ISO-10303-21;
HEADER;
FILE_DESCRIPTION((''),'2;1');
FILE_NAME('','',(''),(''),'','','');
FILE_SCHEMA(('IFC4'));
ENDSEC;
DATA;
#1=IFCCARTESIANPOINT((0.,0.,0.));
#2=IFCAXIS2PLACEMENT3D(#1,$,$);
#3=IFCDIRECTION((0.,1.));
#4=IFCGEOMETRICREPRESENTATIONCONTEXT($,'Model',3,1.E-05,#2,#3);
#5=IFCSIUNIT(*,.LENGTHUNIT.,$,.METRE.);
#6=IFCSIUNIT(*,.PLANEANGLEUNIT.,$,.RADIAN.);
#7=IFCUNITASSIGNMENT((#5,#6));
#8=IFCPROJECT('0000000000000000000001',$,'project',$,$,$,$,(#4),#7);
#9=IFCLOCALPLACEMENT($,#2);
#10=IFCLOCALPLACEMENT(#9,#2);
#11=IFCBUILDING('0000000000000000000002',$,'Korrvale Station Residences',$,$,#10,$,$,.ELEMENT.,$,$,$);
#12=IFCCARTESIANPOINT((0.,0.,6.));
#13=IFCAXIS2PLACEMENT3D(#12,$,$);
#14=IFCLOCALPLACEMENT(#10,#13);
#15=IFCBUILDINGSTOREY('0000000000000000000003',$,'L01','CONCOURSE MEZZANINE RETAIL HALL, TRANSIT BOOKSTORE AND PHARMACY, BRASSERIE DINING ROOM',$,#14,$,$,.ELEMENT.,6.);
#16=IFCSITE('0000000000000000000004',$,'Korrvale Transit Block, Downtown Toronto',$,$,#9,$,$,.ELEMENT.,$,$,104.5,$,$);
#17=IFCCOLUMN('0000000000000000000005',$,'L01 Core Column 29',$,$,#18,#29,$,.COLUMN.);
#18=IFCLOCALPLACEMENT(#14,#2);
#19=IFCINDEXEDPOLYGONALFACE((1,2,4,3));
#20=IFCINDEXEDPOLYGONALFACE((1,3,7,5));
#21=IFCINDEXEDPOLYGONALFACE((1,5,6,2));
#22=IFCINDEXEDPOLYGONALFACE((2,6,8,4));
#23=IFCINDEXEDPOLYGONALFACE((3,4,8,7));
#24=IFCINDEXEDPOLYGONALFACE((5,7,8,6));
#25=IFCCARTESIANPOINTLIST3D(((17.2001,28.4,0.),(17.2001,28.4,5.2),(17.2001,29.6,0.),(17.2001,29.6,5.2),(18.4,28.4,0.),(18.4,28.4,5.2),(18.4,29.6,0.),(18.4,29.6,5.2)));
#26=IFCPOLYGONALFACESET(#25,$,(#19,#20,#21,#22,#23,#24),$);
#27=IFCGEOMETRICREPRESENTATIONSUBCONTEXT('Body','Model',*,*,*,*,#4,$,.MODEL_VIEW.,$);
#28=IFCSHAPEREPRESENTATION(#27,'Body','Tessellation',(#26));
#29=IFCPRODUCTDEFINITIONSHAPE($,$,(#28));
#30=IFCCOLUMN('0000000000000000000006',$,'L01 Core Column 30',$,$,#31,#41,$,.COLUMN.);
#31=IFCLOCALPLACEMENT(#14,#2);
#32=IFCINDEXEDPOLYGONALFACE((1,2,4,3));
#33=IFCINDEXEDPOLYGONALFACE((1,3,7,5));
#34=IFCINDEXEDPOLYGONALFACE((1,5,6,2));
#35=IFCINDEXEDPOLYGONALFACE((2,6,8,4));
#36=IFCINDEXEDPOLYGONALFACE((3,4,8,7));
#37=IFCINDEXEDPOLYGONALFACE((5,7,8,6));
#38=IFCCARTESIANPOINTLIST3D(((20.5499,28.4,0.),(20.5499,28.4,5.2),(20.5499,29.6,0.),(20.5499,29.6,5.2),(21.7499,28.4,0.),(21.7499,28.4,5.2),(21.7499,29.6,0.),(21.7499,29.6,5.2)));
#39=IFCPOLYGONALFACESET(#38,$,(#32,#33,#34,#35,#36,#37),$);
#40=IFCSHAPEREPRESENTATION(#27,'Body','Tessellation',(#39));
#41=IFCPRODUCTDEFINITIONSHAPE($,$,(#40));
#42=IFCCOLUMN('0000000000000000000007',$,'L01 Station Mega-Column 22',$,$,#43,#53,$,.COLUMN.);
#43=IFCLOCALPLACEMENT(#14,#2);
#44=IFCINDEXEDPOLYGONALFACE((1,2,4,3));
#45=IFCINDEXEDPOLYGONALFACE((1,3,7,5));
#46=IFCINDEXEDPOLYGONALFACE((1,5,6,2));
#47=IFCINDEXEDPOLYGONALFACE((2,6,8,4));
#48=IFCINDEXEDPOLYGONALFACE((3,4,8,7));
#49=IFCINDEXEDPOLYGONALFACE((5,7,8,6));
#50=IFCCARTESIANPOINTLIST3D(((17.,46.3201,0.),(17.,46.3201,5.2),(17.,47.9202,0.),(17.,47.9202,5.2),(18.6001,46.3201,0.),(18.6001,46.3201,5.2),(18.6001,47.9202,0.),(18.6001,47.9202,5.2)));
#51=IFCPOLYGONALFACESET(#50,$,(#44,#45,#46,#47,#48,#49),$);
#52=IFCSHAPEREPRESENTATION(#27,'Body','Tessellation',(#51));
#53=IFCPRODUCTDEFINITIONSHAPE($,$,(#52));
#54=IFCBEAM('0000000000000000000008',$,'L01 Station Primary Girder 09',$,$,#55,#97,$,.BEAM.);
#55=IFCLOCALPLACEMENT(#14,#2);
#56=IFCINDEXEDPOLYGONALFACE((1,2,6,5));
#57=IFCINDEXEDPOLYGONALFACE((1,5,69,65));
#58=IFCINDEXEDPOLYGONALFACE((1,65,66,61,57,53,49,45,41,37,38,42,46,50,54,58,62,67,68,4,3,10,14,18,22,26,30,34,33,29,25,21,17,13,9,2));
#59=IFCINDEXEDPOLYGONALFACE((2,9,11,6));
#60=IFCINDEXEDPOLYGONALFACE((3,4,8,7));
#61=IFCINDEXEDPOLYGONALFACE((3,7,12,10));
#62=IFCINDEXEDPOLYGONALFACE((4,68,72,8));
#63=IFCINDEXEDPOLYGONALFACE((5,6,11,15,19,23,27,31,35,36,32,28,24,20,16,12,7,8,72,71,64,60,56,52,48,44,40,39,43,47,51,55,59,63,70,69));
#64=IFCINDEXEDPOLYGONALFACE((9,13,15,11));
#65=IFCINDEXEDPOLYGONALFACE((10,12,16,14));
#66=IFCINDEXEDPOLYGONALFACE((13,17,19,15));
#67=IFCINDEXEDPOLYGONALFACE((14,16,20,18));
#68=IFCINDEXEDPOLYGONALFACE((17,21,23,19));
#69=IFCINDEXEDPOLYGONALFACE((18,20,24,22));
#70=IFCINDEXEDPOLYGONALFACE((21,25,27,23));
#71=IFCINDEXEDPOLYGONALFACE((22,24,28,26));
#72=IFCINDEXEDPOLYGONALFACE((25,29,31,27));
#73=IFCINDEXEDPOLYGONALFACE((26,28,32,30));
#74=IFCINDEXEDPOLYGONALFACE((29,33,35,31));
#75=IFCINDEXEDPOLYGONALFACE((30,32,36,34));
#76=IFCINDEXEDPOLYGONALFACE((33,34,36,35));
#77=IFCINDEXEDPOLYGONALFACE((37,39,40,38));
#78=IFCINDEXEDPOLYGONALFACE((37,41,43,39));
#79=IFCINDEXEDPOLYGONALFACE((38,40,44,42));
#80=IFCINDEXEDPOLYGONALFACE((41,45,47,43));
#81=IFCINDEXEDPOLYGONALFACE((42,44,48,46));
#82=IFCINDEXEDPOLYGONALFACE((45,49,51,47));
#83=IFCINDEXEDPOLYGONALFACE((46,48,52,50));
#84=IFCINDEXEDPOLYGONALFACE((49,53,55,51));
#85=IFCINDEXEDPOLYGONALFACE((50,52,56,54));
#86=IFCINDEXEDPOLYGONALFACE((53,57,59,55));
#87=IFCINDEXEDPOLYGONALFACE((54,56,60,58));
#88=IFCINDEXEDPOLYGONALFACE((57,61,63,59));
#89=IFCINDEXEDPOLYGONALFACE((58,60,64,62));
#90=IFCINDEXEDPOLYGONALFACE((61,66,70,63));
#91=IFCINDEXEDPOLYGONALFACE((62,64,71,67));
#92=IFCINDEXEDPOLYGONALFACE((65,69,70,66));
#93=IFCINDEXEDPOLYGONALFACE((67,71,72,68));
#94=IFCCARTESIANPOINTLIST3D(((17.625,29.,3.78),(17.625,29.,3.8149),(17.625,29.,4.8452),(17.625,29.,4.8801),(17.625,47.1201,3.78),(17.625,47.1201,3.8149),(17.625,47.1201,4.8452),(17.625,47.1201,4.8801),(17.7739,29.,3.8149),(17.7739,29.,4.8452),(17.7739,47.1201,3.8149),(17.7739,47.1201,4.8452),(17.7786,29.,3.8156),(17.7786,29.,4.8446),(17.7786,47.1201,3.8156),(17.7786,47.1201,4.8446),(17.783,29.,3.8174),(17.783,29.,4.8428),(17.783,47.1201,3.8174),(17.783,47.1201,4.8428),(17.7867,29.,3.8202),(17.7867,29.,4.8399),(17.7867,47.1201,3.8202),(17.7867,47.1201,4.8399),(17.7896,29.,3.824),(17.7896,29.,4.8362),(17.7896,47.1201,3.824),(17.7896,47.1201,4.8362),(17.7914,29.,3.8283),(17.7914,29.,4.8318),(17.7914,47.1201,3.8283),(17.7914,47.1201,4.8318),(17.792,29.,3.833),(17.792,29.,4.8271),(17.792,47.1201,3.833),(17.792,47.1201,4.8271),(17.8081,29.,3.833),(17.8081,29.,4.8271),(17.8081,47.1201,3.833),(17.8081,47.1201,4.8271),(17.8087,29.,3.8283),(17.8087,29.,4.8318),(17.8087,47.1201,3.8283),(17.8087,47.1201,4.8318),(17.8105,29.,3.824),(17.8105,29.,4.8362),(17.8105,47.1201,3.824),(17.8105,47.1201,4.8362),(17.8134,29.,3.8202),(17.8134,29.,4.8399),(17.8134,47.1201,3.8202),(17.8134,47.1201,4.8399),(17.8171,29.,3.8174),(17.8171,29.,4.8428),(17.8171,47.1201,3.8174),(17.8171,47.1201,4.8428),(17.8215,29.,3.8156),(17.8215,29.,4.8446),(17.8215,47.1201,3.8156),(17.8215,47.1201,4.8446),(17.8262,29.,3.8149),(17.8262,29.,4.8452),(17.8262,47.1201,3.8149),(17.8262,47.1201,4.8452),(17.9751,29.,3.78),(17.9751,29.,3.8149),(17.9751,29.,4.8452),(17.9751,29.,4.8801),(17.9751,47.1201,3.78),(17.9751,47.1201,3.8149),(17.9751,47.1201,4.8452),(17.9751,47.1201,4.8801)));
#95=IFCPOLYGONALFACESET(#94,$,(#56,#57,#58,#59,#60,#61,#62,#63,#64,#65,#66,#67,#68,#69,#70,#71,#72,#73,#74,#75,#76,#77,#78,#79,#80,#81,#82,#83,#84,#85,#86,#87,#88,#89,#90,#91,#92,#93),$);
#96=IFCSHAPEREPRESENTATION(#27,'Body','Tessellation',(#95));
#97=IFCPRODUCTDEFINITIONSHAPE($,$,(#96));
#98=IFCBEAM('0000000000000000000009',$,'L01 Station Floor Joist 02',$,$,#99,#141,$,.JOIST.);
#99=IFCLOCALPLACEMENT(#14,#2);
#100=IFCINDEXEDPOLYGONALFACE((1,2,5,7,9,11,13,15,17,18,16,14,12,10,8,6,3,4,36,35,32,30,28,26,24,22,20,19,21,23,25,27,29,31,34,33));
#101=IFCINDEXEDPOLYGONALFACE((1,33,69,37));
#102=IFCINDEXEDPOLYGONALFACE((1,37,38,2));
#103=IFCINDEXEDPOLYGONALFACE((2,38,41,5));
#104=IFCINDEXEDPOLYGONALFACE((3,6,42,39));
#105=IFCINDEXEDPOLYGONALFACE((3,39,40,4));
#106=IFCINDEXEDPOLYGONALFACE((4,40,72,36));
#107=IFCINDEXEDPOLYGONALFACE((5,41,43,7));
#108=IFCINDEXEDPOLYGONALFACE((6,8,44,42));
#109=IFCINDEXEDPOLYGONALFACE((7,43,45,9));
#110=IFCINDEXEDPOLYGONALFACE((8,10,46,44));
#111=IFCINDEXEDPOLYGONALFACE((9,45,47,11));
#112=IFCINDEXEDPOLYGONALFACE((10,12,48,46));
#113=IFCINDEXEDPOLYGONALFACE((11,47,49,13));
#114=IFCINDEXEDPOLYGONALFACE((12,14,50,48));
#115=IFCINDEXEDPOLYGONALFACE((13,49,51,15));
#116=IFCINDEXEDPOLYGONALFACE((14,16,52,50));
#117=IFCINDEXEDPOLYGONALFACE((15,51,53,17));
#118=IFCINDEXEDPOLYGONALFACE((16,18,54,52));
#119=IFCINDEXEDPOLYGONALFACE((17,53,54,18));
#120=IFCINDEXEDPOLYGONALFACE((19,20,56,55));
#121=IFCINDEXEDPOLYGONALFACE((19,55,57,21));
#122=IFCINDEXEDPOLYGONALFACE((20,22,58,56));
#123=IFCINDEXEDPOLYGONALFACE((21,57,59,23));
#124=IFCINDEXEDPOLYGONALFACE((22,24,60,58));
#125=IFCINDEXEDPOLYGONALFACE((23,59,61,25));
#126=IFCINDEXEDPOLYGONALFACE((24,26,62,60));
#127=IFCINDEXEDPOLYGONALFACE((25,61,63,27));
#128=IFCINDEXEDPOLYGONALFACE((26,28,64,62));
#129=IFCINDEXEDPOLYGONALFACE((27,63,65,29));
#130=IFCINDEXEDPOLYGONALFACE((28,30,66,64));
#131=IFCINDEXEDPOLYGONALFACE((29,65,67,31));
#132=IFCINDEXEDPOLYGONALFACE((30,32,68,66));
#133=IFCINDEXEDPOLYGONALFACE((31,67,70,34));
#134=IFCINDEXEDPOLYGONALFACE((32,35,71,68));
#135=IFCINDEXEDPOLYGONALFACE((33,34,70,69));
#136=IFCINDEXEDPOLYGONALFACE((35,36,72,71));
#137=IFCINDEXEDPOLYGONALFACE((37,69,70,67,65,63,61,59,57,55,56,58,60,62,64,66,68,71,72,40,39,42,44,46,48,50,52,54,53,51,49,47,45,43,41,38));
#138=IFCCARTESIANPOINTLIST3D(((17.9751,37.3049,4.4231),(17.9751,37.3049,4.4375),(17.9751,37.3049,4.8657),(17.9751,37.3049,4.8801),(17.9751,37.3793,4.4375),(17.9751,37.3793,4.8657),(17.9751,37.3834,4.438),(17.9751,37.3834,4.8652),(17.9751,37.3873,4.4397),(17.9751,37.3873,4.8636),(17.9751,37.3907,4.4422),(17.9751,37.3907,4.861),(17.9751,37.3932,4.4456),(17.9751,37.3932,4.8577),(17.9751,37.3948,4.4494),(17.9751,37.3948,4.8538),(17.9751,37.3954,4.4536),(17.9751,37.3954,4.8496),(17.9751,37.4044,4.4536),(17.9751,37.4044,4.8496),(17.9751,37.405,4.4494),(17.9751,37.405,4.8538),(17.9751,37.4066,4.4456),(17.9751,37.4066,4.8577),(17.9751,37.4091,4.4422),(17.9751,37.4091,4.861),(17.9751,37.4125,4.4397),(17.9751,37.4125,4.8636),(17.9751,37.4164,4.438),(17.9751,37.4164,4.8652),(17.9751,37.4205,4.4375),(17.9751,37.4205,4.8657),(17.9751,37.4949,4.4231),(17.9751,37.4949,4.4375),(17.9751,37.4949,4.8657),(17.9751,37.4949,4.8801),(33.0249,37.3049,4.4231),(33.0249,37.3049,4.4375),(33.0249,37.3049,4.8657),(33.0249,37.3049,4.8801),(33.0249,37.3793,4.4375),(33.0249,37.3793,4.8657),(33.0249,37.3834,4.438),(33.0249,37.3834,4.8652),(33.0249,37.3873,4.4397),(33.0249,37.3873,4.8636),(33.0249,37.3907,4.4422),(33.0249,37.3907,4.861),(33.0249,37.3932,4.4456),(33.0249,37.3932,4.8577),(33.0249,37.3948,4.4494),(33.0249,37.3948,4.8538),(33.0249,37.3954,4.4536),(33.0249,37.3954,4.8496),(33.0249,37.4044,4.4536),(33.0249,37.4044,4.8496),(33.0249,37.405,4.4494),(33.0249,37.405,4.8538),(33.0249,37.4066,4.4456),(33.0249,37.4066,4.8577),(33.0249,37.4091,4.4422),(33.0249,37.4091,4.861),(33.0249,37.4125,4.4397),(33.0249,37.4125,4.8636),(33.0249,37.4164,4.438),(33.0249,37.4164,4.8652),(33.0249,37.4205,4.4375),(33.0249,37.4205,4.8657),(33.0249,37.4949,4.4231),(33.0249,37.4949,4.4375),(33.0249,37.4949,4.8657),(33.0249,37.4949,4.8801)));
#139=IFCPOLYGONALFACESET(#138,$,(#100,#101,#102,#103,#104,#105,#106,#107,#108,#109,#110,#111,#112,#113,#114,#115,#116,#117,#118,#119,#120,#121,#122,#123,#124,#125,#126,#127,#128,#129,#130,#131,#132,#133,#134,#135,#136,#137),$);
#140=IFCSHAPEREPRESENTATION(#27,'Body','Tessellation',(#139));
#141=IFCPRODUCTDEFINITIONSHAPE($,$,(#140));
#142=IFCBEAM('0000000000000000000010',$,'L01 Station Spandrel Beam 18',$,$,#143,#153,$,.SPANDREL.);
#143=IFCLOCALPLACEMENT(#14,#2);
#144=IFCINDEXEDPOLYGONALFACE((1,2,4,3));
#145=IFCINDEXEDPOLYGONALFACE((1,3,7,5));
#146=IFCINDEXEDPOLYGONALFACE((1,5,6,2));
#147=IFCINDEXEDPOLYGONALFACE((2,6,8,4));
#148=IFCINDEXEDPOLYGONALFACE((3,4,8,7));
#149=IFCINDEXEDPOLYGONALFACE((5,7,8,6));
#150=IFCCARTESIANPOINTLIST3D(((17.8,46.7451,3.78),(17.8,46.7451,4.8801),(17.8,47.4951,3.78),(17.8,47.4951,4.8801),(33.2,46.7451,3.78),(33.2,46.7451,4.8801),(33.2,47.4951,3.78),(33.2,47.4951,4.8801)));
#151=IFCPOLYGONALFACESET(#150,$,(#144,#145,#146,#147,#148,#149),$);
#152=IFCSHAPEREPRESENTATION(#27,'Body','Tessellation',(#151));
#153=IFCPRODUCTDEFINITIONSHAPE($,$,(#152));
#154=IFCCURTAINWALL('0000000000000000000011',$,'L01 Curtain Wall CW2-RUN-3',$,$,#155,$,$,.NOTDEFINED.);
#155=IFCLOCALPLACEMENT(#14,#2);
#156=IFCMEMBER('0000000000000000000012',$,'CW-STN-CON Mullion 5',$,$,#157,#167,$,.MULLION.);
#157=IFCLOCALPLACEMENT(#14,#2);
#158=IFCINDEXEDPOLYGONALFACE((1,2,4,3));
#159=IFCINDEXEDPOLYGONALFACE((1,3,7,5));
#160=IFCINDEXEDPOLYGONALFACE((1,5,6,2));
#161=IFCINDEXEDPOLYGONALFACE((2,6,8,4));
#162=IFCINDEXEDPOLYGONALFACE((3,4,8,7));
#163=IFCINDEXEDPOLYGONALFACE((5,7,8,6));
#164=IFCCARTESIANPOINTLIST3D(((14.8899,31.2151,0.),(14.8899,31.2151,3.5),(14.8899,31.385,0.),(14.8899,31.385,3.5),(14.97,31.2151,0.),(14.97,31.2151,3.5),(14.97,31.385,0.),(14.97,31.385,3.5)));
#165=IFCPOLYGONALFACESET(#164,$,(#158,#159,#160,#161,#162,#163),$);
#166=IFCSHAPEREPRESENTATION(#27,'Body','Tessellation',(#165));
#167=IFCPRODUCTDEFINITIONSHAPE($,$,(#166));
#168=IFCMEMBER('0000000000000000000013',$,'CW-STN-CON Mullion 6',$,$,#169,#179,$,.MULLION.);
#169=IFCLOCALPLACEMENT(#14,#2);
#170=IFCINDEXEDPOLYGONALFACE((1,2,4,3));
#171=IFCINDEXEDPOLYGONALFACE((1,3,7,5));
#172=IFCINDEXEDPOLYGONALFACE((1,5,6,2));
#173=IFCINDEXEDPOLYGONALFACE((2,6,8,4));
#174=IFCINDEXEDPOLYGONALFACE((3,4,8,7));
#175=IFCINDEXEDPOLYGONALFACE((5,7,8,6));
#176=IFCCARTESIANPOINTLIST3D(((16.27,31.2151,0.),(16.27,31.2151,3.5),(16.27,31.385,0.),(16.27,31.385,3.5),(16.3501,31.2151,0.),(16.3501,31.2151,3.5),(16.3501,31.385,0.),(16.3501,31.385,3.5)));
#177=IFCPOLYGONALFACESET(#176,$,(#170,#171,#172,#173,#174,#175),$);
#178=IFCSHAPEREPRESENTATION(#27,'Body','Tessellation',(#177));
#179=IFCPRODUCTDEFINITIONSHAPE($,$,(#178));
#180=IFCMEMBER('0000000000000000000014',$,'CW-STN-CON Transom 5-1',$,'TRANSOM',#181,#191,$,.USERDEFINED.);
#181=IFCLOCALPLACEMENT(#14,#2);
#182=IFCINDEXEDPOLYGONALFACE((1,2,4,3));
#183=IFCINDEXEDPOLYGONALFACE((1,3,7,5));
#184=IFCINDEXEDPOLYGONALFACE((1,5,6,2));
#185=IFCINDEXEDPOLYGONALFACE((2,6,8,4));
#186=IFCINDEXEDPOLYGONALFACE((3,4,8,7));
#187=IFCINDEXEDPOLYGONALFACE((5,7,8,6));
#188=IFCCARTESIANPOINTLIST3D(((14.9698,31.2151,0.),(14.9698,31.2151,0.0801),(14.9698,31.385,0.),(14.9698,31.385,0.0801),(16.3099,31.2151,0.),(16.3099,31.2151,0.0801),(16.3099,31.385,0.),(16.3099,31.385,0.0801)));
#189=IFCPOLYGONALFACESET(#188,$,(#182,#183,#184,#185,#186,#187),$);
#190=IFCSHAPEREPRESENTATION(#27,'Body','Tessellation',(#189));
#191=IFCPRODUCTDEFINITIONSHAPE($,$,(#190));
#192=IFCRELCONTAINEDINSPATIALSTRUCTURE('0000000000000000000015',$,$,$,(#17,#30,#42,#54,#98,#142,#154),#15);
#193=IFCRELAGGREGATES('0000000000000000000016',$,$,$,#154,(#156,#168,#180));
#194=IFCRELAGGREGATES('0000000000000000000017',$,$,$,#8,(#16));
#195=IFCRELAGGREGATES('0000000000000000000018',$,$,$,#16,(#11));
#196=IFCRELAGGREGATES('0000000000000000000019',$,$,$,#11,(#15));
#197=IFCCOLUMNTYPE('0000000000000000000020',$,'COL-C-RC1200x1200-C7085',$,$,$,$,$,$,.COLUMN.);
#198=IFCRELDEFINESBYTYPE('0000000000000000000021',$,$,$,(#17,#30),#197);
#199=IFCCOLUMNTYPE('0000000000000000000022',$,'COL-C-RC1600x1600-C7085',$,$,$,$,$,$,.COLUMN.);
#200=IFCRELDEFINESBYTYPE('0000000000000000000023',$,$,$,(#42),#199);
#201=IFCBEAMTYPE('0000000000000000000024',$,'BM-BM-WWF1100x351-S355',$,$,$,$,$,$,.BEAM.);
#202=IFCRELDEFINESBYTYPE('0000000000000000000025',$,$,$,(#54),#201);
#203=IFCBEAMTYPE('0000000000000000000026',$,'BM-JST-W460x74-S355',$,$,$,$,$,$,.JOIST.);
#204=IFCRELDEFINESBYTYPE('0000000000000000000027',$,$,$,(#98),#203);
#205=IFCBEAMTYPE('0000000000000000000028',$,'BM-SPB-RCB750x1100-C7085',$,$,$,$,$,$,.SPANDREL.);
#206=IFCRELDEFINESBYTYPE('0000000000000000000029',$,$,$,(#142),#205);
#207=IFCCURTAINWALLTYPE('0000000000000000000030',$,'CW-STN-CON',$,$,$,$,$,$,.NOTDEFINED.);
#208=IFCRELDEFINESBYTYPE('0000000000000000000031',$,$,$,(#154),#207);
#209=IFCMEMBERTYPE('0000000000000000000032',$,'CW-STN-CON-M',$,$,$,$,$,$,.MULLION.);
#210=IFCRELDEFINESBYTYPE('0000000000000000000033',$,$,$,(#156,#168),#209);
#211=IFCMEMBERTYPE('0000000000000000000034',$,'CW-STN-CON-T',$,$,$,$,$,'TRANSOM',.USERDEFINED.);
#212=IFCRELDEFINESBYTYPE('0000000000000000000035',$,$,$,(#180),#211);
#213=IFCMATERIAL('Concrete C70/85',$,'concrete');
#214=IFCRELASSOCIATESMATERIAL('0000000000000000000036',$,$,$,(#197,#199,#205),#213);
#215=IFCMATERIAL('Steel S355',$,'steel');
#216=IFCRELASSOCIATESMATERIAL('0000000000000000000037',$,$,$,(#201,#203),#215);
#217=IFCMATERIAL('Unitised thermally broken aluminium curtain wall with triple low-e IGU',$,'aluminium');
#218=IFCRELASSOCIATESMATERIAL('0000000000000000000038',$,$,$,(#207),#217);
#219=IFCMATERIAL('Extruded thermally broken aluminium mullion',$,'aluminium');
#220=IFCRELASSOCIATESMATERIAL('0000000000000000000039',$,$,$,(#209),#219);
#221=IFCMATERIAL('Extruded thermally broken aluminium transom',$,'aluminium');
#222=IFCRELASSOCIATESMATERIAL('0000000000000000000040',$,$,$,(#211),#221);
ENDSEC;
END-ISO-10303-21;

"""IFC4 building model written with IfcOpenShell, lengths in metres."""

from ifc_helpers import new_model, si_unit, direction, frame, origin, origin_2d, place, context, subcontext, project, spatial, rectangle, i_section, extrude, material, material_profile, profile_set, type_object, element, aggregate, save


model = new_model("IFC4")

# Units and contexts
model_context = context("Model", 3, precision=1e-05, world=origin(), true_north=direction((0.0, 1.0)))
body_context = subcontext(model_context, "Body", "Model", "MODEL_VIEW")
ifc_project = project(units=[si_unit("LENGTHUNIT", "METRE"), si_unit("PLANEANGLEUNIT", "RADIAN")], contexts=[model_context])

# Site, building, storey
site_placement = place(None, origin())
site = spatial("IfcSite", under=ifc_project, at=site_placement, Name="Korrvale Transit Block, Downtown Toronto", CompositionType="ELEMENT", RefElevation=104.5)
building_placement = place(site_placement, origin())
building = spatial("IfcBuilding", under=site, at=building_placement, Name="Korrvale Station Residences", CompositionType="ELEMENT")
storey_placement = place(building_placement, frame((0.0, 0.0, 6.0)))
storey = spatial("IfcBuildingStorey", under=building, at=storey_placement, Name="L01", Description="CONCOURSE MEZZANINE RETAIL HALL, TRANSIT BOOKSTORE AND PHARMACY, BRASSERIE DINING ROOM", CompositionType="ELEMENT", Elevation=6.0)

# Columns
ifc_material_1 = material(Name="Concrete C70/85", Category="concrete")
ifc_material_profile_1 = material_profile(ifc_material_1, rectangle(XDim=1.2, YDim=1.2, at=origin_2d()), Name="RC1200x1200")
ifc_profile_set_1 = profile_set([ifc_material_profile_1], Name="Concrete C70/85")
column_type_1 = type_object("IfcColumnType", Name="COL-C-RC1200x1200-C7085", PredefinedType="COLUMN", material=ifc_profile_set_1)
for number, where, z_axis, x_axis, name in (
    (1, (17.8, 29.0, 0.0), (0.0, 0.0, 1.0), (1.0, 0.0, 0.0), "L01 Core Column 29"),
    (2, (21.1499, 29.0, 0.0), (0.0, 0.0, 1.0), (1.0, 0.0, 0.0), "L01 Core Column 30"),
):
    element("IfcColumn", number, at=place(storey_placement, frame(where, z_axis=z_axis, x_axis=x_axis)), inside=storey, type_object=column_type_1, Name=name, PredefinedType="COLUMN", context=body_context, shape_type="SweptSolid", body=[
        extrude(rectangle(XDim=1.2, YDim=1.2, at=origin_2d()), origin(), (0.0, 0.0, 1.0), 5.2),
    ])
ifc_material_profile_2 = material_profile(ifc_material_1, rectangle(XDim=1.6001, YDim=1.6001, at=origin_2d()), Name="RC1600x1600")
ifc_profile_set_2 = profile_set([ifc_material_profile_2], Name="Concrete C70/85")
column_type_2 = type_object("IfcColumnType", Name="COL-C-RC1600x1600-C7085", PredefinedType="COLUMN", material=ifc_profile_set_2)
column_placement = place(storey_placement, frame((17.8, 47.1201, 0.0), z_axis=(0.0, 0.0, 1.0), x_axis=(1.0, 0.0, 0.0)))
element("IfcColumn", 3, at=column_placement, inside=storey, type_object=column_type_2, Name="L01 Station Mega-Column 22", PredefinedType="COLUMN", context=body_context, shape_type="SweptSolid", body=[
    extrude(rectangle(XDim=1.6001, YDim=1.6001, at=origin_2d()), origin(), (0.0, 0.0, 1.0), 5.2),
])

# Beams
ifc_material_2 = material(Name="Steel S355", Category="steel")
ifc_material_profile_3 = material_profile(ifc_material_2, i_section(OverallWidth=0.3501, OverallDepth=1.1001, WebThickness=0.0161, FlangeThickness=0.0349, FilletRadius=0.0181, at=origin_2d()), Name="WWF1100x351")
ifc_profile_set_3 = profile_set([ifc_material_profile_3], Name="Steel S355")
beam_type_1 = type_object("IfcBeamType", Name="BM-BM-WWF1100x351-S355", PredefinedType="BEAM", material=ifc_profile_set_3)
beam_1_placement = place(storey_placement, frame((17.8, 29.0, 4.3301), z_axis=(0.0, 1.0, 0.0), x_axis=(-1.0, 0.0, 0.0)))
element("IfcBeam", 4, at=beam_1_placement, inside=storey, type_object=beam_type_1, Name="L01 Station Primary Girder 09", PredefinedType="BEAM", context=body_context, shape_type="SweptSolid", body=[
    extrude(i_section(OverallWidth=0.3501, OverallDepth=1.1001, WebThickness=0.0161, FlangeThickness=0.0349, FilletRadius=0.0181, at=origin_2d()), origin(), (0.0, 0.0, 1.0), 18.1201),
])
ifc_material_profile_4 = material_profile(ifc_material_2, i_section(OverallWidth=0.1899, OverallDepth=0.457, WebThickness=0.009, FlangeThickness=0.0144, FilletRadius=0.0161, at=origin_2d()), Name="W460x74")
ifc_profile_set_4 = profile_set([ifc_material_profile_4], Name="Steel S355")
beam_type_2 = type_object("IfcBeamType", Name="BM-JST-W460x74-S355", PredefinedType="JOIST", material=ifc_profile_set_4)
beam_2_placement = place(storey_placement, frame((17.9751, 37.3999, 4.6516), z_axis=(1.0, 0.0, 0.0), x_axis=(0.0, 1.0, 0.0)))
element("IfcBeam", 5, at=beam_2_placement, inside=storey, type_object=beam_type_2, Name="L01 Station Floor Joist 02", PredefinedType="JOIST", context=body_context, shape_type="SweptSolid", body=[
    extrude(i_section(OverallWidth=0.1899, OverallDepth=0.457, WebThickness=0.009, FlangeThickness=0.0144, FilletRadius=0.0161, at=origin_2d()), origin(), (0.0, 0.0, 1.0), 15.0498),
])
ifc_material_profile_5 = material_profile(ifc_material_1, rectangle(XDim=0.75, YDim=1.1001, at=origin_2d()), Name="RCB750x1100")
ifc_profile_set_5 = profile_set([ifc_material_profile_5], Name="Concrete C70/85")
beam_type_3 = type_object("IfcBeamType", Name="BM-SPB-RCB750x1100-C7085", PredefinedType="SPANDREL", material=ifc_profile_set_5)
beam_3_placement = place(storey_placement, frame((17.8, 47.1201, 4.3301), z_axis=(1.0, 0.0, 0.0), x_axis=(0.0, 1.0, 0.0)))
element("IfcBeam", 6, at=beam_3_placement, inside=storey, type_object=beam_type_3, Name="L01 Station Spandrel Beam 18", PredefinedType="SPANDREL", context=body_context, shape_type="SweptSolid", body=[
    extrude(rectangle(XDim=0.75, YDim=1.1001, at=origin_2d()), origin(), (0.0, 0.0, 1.0), 15.3999),
])

# Curtain wall, members
ifc_material_3 = material(Name="Unitised thermally broken aluminium curtain wall with triple low-e IGU", Category="aluminium")
curtain_wall_type = type_object("IfcCurtainWallType", Name="CW-STN-CON", PredefinedType="NOTDEFINED", material=ifc_material_3)
curtain_wall_placement = place(storey_placement, origin())
curtain_wall = element("IfcCurtainWall", 7, at=curtain_wall_placement, inside=storey, type_object=curtain_wall_type, Name="L01 Curtain Wall CW2-RUN-3", PredefinedType="NOTDEFINED")
ifc_material_4 = material(Name="Extruded thermally broken aluminium mullion", Category="aluminium")
member_type_1 = type_object("IfcMemberType", Name="CW-STN-CON-M", PredefinedType="MULLION", material=ifc_material_4)
member_1_placement = place(storey_placement, frame((14.9299, 31.3, 0.0), z_axis=(0.0, 0.0, 1.0), x_axis=(1.0, 0.0, 0.0)))
member_1 = element("IfcMember", 8, at=member_1_placement, type_object=member_type_1, Name="CW-STN-CON Mullion 5", PredefinedType="MULLION", context=body_context, shape_type="SweptSolid", body=[
    extrude(rectangle(XDim=0.0801, YDim=0.1699, at=origin_2d()), origin(), (0.0, 0.0, 1.0), 3.5),
])
member_2_placement = place(storey_placement, frame((16.3101, 31.3, 0.0), z_axis=(0.0, 0.0, 1.0), x_axis=(1.0, 0.0, 0.0)))
member_2 = element("IfcMember", 9, at=member_2_placement, type_object=member_type_1, Name="CW-STN-CON Mullion 6", PredefinedType="MULLION", context=body_context, shape_type="SweptSolid", body=[
    extrude(rectangle(XDim=0.0801, YDim=0.1699, at=origin_2d()), origin(), (0.0, 0.0, 1.0), 3.5),
])
ifc_material_5 = material(Name="Extruded thermally broken aluminium transom", Category="aluminium")
member_type_2 = type_object("IfcMemberType", Name="CW-STN-CON-T", ElementType="TRANSOM", PredefinedType="USERDEFINED", material=ifc_material_5)
member_3_placement = place(storey_placement, frame((15.6399, 31.3, 0.0), z_axis=(0.0, 0.0, 1.0), x_axis=(1.0, 0.0, 0.0)))
member_3 = element("IfcMember", 10, at=member_3_placement, type_object=member_type_2, Name="CW-STN-CON Transom 5-1", ObjectType="TRANSOM", PredefinedType="USERDEFINED", context=body_context, shape_type="SweptSolid", body=[
    extrude(rectangle(XDim=1.3401, YDim=0.1699, at=origin_2d()), origin(), (0.0, 0.0, 1.0), 0.0801),
])
aggregate(curtain_wall, [member_1, member_2, member_3])

save(model, "model.ifc")
